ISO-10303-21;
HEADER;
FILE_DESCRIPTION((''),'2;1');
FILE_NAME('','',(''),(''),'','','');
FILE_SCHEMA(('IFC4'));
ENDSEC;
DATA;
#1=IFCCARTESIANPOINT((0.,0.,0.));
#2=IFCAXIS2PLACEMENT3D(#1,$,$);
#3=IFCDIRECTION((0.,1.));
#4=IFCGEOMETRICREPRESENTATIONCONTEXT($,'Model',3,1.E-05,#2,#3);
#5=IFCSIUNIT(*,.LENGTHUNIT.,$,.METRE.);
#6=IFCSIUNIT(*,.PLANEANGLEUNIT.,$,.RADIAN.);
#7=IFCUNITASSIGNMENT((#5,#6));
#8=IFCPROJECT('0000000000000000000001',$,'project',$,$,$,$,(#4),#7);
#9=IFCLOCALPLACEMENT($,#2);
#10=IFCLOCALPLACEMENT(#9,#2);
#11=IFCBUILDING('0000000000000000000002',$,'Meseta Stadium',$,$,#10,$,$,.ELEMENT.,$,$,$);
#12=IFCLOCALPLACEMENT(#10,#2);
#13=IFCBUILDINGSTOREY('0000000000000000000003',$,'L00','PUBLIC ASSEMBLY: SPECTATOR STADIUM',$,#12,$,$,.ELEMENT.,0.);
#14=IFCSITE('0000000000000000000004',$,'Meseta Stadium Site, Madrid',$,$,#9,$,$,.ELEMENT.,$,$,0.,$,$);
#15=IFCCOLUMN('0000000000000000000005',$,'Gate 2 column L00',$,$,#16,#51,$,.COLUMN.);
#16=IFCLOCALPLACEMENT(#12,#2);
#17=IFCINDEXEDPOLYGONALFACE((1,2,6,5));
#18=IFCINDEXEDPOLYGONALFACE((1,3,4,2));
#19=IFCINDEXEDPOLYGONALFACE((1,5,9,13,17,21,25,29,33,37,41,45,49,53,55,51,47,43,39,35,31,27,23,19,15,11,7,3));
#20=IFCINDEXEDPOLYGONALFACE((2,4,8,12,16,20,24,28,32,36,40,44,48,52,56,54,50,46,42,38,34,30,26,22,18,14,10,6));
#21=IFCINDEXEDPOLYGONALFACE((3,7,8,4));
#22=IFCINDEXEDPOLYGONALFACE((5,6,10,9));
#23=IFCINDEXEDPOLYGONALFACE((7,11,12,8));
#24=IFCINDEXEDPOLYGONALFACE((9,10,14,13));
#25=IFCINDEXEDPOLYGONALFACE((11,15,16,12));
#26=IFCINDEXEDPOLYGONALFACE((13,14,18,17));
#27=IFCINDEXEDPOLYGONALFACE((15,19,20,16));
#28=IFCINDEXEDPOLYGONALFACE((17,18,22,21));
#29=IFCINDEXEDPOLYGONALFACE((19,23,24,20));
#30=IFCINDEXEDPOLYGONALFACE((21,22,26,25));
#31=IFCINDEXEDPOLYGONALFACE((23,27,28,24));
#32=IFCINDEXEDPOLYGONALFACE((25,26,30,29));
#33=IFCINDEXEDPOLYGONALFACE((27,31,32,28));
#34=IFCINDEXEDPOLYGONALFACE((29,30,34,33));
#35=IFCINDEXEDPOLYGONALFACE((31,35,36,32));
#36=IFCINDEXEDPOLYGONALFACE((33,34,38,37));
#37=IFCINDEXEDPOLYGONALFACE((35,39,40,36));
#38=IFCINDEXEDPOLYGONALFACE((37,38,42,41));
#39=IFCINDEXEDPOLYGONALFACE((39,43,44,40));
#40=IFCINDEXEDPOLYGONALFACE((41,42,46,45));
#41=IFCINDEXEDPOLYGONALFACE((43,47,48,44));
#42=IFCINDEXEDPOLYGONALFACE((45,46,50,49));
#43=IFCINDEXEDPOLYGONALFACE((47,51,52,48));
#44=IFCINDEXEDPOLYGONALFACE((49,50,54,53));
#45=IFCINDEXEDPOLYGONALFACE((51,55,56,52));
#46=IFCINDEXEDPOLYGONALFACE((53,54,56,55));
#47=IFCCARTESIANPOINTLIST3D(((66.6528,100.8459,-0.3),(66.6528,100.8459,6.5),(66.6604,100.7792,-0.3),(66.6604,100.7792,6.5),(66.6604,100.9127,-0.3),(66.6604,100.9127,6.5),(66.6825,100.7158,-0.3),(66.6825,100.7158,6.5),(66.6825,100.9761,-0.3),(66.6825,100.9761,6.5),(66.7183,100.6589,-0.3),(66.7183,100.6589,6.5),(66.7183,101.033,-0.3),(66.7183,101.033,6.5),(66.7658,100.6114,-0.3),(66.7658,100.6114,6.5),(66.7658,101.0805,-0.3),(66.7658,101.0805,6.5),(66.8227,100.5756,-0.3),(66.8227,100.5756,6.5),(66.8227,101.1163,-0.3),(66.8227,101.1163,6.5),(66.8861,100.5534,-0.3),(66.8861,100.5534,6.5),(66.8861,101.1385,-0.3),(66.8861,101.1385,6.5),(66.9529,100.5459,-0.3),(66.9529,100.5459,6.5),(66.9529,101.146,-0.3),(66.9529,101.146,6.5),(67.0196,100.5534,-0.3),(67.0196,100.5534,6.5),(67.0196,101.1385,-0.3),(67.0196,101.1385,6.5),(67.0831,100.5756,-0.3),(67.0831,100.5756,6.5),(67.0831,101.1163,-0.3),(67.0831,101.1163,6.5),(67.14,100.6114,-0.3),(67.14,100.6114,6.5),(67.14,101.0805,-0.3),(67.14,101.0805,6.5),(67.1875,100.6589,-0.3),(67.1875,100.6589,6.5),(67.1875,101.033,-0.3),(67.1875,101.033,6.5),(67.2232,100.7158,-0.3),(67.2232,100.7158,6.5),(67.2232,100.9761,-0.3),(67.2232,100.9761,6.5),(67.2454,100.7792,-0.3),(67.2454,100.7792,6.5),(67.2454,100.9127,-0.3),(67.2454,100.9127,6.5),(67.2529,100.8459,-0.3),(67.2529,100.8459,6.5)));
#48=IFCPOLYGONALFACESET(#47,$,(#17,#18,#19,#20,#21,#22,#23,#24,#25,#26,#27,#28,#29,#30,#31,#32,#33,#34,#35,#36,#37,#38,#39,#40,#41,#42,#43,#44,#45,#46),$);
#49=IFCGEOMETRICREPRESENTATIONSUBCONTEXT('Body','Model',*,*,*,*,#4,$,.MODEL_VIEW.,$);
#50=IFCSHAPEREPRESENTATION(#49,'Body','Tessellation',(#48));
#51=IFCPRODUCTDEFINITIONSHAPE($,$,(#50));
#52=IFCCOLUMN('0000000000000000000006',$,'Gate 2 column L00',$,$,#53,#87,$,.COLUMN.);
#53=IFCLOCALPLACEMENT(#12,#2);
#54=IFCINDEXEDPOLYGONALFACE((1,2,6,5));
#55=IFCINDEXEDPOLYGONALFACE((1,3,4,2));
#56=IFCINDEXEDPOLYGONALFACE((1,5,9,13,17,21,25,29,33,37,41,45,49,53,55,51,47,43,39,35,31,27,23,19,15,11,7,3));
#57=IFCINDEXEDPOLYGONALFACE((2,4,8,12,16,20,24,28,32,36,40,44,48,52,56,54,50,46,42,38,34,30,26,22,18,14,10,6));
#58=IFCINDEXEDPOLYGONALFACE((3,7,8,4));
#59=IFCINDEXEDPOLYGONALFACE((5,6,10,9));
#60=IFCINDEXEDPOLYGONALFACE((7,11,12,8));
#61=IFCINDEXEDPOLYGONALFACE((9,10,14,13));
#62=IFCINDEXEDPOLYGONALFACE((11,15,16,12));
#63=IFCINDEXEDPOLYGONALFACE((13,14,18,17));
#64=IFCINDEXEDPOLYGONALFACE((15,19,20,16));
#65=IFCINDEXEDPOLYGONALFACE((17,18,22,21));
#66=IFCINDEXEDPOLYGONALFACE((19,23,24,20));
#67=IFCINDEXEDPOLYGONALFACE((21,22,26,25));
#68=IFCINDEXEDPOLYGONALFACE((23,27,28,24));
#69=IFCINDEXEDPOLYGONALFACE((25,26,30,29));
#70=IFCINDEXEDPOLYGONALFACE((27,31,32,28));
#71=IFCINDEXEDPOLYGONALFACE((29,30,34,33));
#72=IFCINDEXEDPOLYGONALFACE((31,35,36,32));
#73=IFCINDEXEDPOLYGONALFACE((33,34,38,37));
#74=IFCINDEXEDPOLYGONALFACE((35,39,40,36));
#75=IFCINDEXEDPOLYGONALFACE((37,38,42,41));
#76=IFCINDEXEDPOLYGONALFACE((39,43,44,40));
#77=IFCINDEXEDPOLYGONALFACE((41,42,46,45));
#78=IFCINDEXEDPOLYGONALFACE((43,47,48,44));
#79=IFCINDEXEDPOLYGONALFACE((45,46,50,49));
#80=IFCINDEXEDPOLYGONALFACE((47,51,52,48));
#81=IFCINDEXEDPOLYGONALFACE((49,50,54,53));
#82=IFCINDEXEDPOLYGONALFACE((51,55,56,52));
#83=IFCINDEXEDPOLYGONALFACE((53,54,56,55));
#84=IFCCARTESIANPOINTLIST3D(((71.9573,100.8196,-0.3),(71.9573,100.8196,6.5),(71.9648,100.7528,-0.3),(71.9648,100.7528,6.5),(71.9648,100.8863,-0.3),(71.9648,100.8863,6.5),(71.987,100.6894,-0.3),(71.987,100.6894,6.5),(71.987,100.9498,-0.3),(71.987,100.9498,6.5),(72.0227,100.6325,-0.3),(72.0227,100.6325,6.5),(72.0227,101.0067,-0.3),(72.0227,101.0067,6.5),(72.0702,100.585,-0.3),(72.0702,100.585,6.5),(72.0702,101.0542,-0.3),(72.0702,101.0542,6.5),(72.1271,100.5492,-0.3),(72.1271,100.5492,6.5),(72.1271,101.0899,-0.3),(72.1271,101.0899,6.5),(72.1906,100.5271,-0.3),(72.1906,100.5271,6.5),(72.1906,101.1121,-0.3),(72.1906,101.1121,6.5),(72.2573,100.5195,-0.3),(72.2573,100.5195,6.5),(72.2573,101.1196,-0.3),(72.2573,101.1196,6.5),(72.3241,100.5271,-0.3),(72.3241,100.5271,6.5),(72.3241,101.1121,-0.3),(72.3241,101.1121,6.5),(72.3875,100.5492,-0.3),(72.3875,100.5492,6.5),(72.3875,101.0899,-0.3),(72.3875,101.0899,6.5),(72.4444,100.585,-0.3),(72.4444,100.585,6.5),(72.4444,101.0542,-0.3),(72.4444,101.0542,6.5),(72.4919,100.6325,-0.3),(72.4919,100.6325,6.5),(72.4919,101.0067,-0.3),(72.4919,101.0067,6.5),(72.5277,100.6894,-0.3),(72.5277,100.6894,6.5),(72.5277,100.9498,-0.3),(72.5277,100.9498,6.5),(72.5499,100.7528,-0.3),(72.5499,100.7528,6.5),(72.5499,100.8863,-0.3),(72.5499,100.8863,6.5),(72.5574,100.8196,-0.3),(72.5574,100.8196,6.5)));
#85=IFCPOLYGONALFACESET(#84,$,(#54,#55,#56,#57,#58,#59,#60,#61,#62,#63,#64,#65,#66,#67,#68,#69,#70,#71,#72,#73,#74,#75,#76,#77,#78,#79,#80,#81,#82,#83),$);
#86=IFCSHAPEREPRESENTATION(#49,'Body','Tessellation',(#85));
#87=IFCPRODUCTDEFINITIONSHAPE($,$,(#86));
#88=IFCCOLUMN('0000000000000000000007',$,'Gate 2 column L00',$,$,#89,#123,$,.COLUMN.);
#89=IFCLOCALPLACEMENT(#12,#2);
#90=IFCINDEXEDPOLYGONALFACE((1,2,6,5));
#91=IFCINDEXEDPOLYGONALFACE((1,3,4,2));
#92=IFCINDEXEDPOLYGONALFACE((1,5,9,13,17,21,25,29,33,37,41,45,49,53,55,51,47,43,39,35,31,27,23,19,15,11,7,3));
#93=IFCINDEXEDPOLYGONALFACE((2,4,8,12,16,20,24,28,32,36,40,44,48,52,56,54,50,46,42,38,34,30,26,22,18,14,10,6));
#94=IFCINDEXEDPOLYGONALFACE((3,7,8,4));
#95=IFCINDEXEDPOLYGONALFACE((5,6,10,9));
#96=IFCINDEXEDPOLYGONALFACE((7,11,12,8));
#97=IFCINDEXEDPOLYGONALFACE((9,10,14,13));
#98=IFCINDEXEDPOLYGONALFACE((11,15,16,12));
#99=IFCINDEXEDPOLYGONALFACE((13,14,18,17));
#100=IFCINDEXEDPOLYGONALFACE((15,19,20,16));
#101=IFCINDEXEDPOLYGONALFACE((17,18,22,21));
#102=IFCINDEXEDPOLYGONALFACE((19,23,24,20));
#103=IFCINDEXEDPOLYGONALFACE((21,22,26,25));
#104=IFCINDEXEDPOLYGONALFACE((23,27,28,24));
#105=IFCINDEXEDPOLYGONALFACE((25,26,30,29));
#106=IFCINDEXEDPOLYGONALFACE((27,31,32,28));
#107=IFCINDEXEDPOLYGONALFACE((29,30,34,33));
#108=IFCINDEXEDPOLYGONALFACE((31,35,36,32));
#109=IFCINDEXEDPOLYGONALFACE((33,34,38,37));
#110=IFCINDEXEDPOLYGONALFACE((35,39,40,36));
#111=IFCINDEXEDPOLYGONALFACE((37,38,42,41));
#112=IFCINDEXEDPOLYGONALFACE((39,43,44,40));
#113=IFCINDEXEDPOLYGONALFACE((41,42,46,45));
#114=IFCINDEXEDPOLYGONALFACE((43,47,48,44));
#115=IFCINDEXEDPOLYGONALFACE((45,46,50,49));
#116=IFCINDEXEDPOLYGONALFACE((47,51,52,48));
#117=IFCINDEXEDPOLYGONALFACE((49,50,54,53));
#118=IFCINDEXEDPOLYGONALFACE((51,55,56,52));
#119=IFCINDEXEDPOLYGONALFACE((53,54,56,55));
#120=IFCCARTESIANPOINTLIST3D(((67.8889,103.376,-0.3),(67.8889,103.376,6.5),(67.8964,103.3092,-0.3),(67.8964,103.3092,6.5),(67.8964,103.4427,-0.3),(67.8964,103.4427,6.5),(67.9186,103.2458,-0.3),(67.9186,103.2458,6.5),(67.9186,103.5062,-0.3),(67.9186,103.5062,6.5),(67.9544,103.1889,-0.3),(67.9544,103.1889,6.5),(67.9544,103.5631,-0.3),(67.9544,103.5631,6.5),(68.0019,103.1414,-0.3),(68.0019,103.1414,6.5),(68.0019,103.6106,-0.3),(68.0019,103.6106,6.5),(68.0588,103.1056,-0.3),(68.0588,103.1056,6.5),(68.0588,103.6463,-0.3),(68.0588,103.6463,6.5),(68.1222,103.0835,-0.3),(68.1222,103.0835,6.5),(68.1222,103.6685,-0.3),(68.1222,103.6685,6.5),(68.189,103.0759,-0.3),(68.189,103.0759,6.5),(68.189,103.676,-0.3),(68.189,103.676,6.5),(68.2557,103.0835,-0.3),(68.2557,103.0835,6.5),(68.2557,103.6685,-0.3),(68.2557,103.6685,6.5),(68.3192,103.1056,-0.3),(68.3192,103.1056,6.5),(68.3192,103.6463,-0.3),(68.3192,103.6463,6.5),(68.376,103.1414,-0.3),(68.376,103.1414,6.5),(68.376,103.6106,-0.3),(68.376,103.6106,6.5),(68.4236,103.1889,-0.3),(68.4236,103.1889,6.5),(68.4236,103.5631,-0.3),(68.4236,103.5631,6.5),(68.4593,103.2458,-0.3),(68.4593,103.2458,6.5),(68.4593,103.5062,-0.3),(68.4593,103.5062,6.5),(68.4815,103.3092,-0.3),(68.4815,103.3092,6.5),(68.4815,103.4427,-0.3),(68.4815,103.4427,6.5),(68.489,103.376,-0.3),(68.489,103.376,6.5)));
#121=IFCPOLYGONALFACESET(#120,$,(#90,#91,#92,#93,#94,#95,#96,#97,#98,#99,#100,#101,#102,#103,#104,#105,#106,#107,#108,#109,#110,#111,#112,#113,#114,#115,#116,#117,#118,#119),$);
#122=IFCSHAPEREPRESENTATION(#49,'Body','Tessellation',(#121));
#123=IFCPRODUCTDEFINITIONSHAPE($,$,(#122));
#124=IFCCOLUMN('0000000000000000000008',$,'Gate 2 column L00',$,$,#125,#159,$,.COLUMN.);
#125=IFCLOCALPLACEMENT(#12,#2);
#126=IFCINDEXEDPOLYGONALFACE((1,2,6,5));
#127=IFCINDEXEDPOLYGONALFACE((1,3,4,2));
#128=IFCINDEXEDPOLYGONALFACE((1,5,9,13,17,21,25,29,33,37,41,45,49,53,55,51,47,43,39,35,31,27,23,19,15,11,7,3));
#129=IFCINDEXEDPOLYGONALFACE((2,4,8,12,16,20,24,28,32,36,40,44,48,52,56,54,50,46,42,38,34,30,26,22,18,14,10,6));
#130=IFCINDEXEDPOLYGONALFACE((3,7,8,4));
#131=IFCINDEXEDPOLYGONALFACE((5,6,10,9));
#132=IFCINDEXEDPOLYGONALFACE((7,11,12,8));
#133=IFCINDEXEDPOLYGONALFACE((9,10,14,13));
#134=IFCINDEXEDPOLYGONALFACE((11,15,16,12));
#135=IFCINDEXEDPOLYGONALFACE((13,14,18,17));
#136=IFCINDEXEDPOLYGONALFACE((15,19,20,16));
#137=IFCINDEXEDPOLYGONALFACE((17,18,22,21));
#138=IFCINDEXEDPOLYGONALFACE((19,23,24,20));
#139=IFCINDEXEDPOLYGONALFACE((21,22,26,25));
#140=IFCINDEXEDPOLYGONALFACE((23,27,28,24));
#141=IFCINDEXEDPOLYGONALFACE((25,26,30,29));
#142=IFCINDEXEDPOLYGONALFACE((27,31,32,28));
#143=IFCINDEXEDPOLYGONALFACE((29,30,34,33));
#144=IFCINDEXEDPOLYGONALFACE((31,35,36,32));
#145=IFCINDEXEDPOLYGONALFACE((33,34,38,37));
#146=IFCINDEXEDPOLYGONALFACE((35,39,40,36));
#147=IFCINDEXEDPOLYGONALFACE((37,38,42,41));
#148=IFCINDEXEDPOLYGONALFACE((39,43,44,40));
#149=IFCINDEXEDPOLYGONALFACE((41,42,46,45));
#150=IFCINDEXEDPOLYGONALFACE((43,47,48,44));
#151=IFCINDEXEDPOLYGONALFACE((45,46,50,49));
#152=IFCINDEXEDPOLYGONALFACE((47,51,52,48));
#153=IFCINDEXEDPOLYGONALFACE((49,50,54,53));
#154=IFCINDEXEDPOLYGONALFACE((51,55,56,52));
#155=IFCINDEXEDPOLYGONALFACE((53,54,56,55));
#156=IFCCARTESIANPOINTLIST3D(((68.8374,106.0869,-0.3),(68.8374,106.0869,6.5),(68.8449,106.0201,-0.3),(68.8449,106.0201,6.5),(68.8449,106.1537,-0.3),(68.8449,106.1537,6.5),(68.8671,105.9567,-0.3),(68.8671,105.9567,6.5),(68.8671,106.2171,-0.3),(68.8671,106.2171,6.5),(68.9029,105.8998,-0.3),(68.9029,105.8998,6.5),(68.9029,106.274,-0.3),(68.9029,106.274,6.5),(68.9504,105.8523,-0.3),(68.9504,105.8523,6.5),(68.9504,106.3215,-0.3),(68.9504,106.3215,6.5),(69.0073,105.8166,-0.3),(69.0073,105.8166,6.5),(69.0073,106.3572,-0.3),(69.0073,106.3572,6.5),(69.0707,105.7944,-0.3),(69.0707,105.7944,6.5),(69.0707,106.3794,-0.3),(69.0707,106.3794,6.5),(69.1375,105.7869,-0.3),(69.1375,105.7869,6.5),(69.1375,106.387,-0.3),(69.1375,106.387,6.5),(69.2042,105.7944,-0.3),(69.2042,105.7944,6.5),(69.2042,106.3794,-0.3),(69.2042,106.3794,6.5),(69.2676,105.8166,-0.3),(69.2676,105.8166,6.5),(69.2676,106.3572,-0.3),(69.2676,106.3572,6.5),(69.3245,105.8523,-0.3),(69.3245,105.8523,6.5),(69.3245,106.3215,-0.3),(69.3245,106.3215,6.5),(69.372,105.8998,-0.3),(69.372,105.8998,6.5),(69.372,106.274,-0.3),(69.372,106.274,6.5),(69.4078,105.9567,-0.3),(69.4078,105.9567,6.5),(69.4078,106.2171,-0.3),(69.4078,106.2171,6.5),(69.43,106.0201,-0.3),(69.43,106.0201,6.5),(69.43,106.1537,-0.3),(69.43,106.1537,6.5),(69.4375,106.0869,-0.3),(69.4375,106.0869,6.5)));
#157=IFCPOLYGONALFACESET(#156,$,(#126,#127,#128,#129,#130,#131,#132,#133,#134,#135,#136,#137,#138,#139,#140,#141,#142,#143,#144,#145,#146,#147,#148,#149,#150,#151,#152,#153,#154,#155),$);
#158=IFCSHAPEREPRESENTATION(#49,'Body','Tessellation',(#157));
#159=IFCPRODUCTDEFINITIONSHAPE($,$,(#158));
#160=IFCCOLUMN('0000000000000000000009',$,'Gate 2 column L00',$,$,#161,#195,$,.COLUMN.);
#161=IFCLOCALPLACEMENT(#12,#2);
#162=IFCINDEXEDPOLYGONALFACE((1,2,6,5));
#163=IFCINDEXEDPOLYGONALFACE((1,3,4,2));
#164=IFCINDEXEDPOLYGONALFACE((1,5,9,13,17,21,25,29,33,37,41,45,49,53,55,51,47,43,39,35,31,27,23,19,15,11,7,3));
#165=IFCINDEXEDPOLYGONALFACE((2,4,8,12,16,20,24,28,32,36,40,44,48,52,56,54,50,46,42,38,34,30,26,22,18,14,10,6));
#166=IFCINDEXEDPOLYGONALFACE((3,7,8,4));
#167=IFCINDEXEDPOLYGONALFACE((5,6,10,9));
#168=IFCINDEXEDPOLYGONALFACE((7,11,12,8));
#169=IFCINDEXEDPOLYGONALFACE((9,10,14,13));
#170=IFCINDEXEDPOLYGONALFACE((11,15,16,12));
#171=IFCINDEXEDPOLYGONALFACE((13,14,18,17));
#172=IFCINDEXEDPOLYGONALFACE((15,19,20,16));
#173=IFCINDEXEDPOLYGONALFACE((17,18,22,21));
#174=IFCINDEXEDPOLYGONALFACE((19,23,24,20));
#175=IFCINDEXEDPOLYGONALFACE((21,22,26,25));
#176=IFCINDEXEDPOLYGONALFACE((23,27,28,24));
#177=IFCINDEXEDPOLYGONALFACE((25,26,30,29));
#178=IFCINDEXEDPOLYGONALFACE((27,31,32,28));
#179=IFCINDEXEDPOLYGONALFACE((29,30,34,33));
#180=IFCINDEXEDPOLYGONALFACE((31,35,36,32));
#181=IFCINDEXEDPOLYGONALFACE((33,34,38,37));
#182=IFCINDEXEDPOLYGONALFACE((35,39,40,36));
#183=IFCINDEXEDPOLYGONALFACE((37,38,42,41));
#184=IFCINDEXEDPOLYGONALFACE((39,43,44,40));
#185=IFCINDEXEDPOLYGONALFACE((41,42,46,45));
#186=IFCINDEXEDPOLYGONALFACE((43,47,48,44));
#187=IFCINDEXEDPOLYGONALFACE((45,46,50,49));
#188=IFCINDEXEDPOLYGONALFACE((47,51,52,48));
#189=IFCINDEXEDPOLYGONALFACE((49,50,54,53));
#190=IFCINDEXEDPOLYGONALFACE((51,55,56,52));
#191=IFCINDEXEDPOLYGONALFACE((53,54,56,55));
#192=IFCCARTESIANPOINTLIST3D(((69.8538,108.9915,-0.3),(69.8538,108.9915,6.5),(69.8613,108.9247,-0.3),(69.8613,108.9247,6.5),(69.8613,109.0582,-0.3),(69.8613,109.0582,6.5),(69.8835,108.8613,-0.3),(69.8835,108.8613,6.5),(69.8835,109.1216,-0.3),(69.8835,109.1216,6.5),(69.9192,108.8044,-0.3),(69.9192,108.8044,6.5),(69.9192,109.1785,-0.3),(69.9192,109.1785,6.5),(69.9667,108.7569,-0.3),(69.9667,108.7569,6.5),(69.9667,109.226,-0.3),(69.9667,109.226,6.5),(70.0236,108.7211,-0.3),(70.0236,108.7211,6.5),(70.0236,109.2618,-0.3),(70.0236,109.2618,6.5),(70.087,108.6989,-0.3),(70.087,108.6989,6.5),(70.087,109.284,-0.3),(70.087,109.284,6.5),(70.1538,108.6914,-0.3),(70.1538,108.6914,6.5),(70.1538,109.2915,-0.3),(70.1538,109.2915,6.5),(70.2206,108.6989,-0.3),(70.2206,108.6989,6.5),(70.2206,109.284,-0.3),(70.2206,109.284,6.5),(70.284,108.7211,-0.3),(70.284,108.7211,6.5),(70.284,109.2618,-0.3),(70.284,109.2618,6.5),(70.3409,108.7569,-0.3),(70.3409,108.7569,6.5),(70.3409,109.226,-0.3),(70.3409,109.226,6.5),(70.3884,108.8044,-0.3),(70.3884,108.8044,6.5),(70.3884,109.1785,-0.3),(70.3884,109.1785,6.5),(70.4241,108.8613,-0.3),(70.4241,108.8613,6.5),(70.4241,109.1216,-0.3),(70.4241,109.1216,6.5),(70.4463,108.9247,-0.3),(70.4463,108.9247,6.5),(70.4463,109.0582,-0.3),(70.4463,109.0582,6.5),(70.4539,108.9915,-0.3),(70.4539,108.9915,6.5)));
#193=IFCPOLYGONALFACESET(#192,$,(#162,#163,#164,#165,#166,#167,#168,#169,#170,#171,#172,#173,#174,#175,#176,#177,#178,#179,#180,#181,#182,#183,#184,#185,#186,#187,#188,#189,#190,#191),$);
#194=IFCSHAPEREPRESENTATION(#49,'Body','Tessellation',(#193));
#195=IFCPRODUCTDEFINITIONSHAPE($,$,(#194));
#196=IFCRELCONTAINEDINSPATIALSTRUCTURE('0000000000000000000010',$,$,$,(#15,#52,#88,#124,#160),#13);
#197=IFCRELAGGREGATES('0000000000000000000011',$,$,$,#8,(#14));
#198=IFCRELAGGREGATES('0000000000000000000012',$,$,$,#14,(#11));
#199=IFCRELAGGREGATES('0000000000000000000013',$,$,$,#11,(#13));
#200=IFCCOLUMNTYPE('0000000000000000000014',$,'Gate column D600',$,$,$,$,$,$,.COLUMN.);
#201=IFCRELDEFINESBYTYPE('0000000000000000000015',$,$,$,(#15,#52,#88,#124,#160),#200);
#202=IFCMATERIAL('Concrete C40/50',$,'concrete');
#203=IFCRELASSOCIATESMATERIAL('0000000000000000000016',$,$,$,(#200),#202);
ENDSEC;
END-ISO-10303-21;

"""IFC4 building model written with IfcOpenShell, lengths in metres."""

from ifc_helpers import new_model, si_unit, direction, frame, origin, origin_2d, place, context, subcontext, project, spatial, circle, extrude, material, material_profile, profile_set, type_object, element, save


model = new_model("IFC4")

# Units and contexts
model_context = context("Model", 3, precision=1e-05, world=origin(), true_north=direction((0.0, 1.0)))
body_context = subcontext(model_context, "Body", "Model", "MODEL_VIEW")
ifc_project = project(units=[si_unit("LENGTHUNIT", "METRE"), si_unit("PLANEANGLEUNIT", "RADIAN")], contexts=[model_context])

# Site, building, storey
site_placement = place(None, origin())
site = spatial("IfcSite", under=ifc_project, at=site_placement, Name="Meseta Stadium Site, Madrid", CompositionType="ELEMENT", RefElevation=0.0)
building_placement = place(site_placement, origin())
building = spatial("IfcBuilding", under=site, at=building_placement, Name="Meseta Stadium", CompositionType="ELEMENT")
storey_placement = place(building_placement, origin())
storey = spatial("IfcBuildingStorey", under=building, at=storey_placement, Name="L00", Description="PUBLIC ASSEMBLY: SPECTATOR STADIUM", CompositionType="ELEMENT", Elevation=0.0)

# Columns
ifc_material_1 = material(Name="Concrete C40/50", Category="concrete")
ifc_material_profile_1 = material_profile(ifc_material_1, circle(Radius=0.3, at=origin_2d()), Name="RC D600")
ifc_profile_set_1 = profile_set([ifc_material_profile_1], Name="Concrete C40/50")
column_type_1 = type_object("IfcColumnType", Name="Gate column D600", PredefinedType="COLUMN", material=ifc_profile_set_1)
for number, where, z_axis, x_axis, name in (
    (1, (66.9529, 100.8459, -0.3), (0.0, 0.0, 1.0), (1.0, 0.0, 0.0), "Gate 2 column L00"),
    (2, (72.2573, 100.8196, -0.3), (0.0, 0.0, 1.0), (1.0, 0.0, 0.0), "Gate 2 column L00"),
    (3, (68.189, 103.376, -0.3), (0.0, 0.0, 1.0), (1.0, 0.0, 0.0), "Gate 2 column L00"),
    (4, (69.1375, 106.0869, -0.3), (0.0, 0.0, 1.0), (1.0, 0.0, 0.0), "Gate 2 column L00"),
    (5, (70.1538, 108.9915, -0.3), (0.0, 0.0, 1.0), (1.0, 0.0, 0.0), "Gate 2 column L00"),
):
    element("IfcColumn", number, at=place(storey_placement, frame(where, z_axis=z_axis, x_axis=x_axis)), inside=storey, type_object=column_type_1, Name=name, PredefinedType="COLUMN", context=body_context, shape_type="SweptSolid", body=[
        extrude(circle(Radius=0.3, at=origin_2d()), origin(), (0.0, 0.0, 1.0), 6.8),
    ])

save(model, "model.ifc")
